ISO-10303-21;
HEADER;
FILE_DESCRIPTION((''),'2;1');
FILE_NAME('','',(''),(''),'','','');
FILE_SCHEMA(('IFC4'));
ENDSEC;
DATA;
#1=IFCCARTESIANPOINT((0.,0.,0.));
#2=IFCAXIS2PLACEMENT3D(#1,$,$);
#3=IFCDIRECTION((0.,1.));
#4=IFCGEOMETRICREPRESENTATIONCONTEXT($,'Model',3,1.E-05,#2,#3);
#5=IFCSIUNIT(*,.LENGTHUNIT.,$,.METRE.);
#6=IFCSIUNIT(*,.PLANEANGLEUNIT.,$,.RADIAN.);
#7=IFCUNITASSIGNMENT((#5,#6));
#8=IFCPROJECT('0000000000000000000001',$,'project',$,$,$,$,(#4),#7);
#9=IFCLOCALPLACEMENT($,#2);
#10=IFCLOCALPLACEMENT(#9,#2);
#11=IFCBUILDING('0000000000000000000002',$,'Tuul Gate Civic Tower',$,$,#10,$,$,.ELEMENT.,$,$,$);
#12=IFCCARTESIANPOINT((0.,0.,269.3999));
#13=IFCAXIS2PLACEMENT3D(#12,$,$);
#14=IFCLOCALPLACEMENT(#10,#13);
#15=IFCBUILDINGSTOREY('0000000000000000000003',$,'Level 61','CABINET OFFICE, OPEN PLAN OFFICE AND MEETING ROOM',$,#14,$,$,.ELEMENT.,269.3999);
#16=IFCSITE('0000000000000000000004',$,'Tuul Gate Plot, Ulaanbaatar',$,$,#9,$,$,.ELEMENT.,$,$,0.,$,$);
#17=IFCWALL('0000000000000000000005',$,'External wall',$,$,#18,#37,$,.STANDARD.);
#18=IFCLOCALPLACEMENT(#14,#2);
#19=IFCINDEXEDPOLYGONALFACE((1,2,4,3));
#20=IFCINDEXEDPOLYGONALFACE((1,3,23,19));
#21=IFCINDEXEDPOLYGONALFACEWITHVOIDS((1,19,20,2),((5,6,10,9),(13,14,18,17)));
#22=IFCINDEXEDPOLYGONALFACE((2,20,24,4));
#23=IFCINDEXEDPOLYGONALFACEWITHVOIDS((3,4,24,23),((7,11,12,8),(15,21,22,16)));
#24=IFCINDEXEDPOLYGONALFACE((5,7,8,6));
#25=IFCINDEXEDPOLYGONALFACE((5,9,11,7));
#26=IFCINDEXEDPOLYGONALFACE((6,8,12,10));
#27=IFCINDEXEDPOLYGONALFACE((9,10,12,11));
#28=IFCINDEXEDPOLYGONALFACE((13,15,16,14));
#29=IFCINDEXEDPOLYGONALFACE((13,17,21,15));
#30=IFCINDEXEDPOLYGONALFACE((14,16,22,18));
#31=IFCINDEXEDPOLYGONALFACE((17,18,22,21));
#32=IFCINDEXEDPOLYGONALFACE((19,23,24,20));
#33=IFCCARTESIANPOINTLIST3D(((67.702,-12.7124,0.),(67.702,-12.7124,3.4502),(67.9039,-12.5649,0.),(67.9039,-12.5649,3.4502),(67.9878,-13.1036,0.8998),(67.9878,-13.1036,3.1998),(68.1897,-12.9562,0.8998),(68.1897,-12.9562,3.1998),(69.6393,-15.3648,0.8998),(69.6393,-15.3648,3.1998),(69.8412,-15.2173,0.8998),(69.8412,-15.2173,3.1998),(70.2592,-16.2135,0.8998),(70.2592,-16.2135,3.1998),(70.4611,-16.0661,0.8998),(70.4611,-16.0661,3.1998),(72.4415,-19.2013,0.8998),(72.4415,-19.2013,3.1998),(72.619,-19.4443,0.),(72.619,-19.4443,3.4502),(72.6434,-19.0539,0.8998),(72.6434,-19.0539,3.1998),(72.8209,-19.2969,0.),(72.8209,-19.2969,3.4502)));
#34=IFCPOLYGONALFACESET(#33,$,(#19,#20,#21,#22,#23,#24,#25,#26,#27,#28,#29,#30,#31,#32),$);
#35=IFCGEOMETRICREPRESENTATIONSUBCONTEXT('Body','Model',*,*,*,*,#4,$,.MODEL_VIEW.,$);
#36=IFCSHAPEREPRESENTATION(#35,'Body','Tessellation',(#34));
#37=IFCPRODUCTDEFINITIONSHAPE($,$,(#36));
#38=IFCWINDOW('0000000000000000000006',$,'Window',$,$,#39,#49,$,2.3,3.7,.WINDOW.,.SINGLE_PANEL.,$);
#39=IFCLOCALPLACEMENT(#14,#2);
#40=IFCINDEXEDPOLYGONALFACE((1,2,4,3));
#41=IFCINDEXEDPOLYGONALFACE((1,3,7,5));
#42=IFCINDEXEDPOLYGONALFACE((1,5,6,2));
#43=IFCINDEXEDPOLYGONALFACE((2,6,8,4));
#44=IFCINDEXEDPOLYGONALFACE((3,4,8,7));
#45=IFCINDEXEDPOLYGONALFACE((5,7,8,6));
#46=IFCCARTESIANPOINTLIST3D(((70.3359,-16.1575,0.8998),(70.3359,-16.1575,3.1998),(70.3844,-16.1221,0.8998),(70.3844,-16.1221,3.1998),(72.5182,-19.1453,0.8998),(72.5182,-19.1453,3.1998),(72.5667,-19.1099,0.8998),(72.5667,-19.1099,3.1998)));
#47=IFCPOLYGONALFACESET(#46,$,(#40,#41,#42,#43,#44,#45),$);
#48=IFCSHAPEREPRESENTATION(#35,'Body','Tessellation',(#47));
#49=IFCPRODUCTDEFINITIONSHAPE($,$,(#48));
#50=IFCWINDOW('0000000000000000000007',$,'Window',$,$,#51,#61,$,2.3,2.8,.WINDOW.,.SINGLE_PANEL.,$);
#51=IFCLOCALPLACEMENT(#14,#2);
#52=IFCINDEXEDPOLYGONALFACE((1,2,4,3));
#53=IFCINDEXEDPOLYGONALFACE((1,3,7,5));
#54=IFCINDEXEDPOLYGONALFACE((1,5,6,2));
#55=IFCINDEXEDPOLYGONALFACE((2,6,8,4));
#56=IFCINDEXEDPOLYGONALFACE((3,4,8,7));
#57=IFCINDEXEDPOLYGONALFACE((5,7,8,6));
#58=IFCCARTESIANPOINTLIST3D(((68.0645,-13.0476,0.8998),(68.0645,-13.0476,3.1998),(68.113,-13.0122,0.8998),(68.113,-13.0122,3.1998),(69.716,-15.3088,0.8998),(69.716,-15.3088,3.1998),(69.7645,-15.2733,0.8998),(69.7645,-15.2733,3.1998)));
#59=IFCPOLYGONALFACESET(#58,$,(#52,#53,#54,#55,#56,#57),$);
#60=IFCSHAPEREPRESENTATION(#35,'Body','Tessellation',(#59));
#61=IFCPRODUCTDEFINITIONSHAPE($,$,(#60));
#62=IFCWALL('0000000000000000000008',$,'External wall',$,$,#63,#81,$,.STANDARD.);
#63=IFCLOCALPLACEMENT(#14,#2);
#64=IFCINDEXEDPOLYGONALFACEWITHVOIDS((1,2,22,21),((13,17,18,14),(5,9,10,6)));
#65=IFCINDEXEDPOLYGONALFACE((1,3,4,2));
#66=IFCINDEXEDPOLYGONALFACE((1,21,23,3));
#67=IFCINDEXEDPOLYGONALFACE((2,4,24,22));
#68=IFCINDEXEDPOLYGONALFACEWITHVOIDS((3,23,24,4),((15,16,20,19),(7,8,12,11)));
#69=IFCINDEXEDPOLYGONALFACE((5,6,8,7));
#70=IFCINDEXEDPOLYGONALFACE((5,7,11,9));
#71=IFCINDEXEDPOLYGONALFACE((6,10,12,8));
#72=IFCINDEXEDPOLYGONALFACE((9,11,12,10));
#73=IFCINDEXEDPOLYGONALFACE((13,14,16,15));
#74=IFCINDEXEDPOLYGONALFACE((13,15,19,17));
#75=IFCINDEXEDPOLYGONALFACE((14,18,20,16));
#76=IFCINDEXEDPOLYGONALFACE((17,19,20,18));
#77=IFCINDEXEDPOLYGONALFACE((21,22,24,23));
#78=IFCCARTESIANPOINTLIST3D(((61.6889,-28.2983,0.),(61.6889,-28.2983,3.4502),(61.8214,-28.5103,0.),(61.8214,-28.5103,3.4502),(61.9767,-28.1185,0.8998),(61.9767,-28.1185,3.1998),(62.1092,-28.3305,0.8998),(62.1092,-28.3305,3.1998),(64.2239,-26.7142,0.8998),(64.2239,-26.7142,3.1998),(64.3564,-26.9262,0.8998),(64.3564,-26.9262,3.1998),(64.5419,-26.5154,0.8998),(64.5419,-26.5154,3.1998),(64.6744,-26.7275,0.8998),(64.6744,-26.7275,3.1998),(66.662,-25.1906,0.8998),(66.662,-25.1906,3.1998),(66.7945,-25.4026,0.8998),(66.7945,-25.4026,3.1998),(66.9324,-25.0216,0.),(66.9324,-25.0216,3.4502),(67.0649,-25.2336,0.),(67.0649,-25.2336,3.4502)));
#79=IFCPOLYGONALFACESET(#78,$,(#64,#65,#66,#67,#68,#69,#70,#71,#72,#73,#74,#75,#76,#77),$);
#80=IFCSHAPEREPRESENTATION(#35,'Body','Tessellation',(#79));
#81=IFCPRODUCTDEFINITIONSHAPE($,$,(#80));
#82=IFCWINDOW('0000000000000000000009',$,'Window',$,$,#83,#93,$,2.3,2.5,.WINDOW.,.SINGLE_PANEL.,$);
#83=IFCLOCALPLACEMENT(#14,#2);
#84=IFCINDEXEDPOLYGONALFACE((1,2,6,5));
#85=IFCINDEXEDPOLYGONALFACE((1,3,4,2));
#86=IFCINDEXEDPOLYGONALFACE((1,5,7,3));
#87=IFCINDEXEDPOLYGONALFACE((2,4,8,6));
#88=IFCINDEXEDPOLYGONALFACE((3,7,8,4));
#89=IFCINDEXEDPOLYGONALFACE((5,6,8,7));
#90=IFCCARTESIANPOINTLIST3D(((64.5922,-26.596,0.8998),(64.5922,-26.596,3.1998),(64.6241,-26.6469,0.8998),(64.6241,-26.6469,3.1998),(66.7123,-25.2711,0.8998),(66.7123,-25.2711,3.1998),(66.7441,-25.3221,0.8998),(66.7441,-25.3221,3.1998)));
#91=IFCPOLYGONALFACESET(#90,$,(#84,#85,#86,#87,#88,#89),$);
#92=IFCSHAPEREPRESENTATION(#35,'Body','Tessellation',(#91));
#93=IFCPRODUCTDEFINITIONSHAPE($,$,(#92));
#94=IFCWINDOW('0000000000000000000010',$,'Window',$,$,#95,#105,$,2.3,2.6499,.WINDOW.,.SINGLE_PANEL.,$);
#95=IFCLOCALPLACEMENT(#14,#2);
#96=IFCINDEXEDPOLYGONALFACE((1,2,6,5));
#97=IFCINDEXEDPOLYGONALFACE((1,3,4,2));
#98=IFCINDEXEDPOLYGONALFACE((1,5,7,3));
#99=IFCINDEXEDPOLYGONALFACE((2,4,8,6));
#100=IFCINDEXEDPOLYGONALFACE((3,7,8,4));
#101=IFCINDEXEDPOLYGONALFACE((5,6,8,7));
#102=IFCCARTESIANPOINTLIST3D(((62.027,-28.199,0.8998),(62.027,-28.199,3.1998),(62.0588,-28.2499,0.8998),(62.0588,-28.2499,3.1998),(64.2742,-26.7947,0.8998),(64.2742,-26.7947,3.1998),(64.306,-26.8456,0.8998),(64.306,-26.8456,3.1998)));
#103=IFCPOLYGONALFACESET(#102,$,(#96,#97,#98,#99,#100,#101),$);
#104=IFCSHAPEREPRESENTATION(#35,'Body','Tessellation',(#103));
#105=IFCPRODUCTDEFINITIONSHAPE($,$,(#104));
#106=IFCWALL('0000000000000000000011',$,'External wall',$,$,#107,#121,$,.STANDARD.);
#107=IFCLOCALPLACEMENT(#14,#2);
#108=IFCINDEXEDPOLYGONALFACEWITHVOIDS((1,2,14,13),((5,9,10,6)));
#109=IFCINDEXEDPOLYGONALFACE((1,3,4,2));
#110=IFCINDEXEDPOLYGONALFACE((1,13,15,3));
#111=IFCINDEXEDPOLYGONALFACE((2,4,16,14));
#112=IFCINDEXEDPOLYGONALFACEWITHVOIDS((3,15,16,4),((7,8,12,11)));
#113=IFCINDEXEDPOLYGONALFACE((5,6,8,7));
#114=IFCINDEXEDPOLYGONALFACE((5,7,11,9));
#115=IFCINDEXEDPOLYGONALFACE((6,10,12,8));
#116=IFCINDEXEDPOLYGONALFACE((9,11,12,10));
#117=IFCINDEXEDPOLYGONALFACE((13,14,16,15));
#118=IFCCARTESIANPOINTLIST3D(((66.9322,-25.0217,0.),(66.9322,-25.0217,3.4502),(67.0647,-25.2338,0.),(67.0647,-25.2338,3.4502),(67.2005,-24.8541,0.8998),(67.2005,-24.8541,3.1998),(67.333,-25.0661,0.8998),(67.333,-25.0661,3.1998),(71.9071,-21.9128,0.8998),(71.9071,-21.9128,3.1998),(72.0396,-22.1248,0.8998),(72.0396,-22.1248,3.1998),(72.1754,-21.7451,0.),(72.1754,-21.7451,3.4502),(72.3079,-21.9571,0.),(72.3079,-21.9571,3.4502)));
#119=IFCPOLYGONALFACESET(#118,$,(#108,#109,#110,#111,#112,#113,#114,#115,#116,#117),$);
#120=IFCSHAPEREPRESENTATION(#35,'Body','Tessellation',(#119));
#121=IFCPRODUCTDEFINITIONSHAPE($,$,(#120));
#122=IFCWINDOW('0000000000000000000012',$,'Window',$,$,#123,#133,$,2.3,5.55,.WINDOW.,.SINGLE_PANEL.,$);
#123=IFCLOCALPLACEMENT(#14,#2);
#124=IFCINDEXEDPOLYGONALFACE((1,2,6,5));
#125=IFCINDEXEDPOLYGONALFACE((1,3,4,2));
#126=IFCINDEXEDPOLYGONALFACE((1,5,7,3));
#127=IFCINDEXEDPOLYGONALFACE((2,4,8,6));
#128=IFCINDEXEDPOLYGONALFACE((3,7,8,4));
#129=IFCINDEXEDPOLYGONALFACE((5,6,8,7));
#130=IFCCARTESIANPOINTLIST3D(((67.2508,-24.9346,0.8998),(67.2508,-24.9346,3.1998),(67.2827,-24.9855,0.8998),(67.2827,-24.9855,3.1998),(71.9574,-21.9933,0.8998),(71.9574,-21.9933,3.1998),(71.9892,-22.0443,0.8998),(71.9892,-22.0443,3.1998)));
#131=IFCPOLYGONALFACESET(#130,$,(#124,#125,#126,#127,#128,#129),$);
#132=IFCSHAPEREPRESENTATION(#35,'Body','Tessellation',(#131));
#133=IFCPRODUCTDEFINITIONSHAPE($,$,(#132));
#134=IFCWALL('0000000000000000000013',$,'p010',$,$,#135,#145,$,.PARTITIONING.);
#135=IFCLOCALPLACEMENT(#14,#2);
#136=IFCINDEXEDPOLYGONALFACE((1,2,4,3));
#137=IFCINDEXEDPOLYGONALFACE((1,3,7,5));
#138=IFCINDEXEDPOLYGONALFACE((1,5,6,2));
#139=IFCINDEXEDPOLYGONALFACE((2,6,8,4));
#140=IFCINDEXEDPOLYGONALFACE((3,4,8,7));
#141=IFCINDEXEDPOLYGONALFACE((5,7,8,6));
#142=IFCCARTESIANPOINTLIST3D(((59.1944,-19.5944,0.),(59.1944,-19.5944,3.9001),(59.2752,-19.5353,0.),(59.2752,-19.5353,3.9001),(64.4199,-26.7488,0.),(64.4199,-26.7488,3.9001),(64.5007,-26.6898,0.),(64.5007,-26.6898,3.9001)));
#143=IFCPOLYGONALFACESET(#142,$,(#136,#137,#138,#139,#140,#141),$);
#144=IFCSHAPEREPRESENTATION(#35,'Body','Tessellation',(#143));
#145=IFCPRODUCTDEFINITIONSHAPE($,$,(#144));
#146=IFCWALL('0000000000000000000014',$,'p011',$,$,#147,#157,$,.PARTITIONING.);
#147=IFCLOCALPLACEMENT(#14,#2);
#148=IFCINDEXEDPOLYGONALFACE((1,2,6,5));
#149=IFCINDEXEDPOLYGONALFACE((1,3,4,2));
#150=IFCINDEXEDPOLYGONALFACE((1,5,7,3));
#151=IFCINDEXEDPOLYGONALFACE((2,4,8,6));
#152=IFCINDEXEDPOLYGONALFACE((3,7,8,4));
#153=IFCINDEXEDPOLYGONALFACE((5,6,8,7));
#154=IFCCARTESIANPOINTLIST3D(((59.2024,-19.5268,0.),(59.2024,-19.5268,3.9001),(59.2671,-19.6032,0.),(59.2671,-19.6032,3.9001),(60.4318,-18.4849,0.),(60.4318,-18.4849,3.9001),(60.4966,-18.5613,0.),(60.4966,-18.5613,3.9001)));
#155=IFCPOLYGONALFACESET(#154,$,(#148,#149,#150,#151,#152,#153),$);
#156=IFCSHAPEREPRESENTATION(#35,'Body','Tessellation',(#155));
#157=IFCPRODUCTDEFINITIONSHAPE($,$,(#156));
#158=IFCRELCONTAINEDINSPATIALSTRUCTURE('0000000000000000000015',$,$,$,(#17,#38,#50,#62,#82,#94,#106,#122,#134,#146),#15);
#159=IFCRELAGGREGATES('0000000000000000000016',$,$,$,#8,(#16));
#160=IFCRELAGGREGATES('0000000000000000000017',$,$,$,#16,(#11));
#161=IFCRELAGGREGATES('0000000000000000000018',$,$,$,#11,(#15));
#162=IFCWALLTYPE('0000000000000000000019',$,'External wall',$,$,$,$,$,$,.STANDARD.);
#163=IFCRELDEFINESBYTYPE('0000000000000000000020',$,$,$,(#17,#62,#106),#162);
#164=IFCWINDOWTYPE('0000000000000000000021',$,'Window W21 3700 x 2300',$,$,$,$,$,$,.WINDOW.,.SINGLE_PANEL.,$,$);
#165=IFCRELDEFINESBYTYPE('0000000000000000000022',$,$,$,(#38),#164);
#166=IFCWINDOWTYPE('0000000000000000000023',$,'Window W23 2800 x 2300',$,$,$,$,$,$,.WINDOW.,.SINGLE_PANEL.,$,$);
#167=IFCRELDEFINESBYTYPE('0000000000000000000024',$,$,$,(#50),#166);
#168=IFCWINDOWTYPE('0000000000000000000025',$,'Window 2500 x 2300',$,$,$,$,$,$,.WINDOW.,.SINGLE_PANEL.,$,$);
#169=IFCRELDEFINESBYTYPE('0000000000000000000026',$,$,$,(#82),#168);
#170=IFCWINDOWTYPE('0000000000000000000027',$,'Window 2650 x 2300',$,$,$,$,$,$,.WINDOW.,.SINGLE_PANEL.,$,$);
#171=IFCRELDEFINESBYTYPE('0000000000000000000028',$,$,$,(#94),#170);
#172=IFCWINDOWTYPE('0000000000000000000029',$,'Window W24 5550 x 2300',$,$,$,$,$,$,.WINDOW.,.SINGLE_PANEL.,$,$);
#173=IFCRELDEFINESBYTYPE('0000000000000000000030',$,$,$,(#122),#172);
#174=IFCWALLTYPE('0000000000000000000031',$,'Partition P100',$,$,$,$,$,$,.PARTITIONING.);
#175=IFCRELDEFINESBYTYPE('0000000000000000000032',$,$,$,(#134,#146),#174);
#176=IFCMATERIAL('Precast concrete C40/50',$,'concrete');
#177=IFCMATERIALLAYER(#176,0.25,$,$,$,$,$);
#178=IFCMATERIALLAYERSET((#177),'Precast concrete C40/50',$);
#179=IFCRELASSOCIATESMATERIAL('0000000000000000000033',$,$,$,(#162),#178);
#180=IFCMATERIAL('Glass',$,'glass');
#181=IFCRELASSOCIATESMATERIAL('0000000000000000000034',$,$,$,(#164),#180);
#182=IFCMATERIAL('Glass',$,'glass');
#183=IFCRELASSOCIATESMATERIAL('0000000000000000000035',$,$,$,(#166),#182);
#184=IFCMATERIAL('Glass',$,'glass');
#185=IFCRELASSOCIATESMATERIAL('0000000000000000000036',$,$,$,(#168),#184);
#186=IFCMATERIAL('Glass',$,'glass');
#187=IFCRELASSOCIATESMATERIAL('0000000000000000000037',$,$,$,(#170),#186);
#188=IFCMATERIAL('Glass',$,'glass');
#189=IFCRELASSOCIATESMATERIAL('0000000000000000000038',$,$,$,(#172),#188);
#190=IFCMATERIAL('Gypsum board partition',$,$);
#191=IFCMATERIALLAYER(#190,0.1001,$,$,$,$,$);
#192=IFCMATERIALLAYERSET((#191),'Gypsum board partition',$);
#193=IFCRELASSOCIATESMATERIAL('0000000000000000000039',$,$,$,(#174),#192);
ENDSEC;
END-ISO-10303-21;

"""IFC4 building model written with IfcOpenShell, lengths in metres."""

from ifc_helpers import new_model, si_unit, direction, frame, frame_2d, origin, place, context, subcontext, project, spatial, rectangle, extrude, material, layer, layer_set, type_object, element, fill, save


model = new_model("IFC4")

# Units and contexts
model_context = context("Model", 3, precision=1e-05, world=origin(), true_north=direction((0.0, 1.0)))
body_context = subcontext(model_context, "Body", "Model", "MODEL_VIEW")
ifc_project = project(units=[si_unit("LENGTHUNIT", "METRE"), si_unit("PLANEANGLEUNIT", "RADIAN")], contexts=[model_context])

# Site, building, storey
site_placement = place(None, origin())
site = spatial("IfcSite", under=ifc_project, at=site_placement, Name="Tuul Gate Plot, Ulaanbaatar", CompositionType="ELEMENT", RefElevation=0.0)
building_placement = place(site_placement, origin())
building = spatial("IfcBuilding", under=site, at=building_placement, Name="Tuul Gate Civic Tower", CompositionType="ELEMENT")
storey_placement = place(building_placement, frame((0.0, 0.0, 269.3999)))
storey = spatial("IfcBuildingStorey", under=building, at=storey_placement, Name="Level 61", Description="CABINET OFFICE, OPEN PLAN OFFICE AND MEETING ROOM", CompositionType="ELEMENT", Elevation=269.3999)

# Shared definitions
ifc_material_1 = material(Name="Precast concrete C40/50", Category="concrete")
ifc_layer_1 = layer(ifc_material_1, 0.25)
ifc_layer_set_1 = layer_set([ifc_layer_1], Name="Precast concrete C40/50")
wall_type_1 = type_object("IfcWallType", Name="External wall", PredefinedType="STANDARD", material=ifc_layer_set_1)

# Walls, openings, windows
wall_1_placement = place(storey_placement, frame((72.72, -19.3706, 0.0), z_axis=(0.0, 0.0, 1.0), x_axis=(-0.589821, 0.807534, 0.0)))
wall_1 = element("IfcWall", 1, at=wall_1_placement, inside=storey, type_object=wall_type_1, Name="External wall", PredefinedType="STANDARD", context=body_context, shape_type="SweptSolid", body=[
    extrude(rectangle(XDim=8.3364, YDim=0.25, at=frame_2d((4.1682, 0.0))), origin(), (0.0, 0.0, 1.0), 3.4502),
])
opening_1_placement = place(wall_1_placement, frame((0.3008, 0.0, 0.8999)))
opening_1 = element("IfcOpeningElement", 2, at=opening_1_placement, cuts=wall_1, PredefinedType="OPENING", context=body_context, shape_type="SweptSolid", body=[
    extrude(rectangle(XDim=3.7, YDim=2.3, at=frame_2d((1.8501, 1.1499))), frame((0.0, 0.135, 0.0), z_axis=(0.0, -1.0, 0.0), x_axis=(1.0, 0.0, 0.0)), (0.0, 0.0, 1.0), 0.27),
])
opening_2_placement = place(wall_1_placement, frame((5.052, 0.0, 0.8999)))
opening_2 = element("IfcOpeningElement", 3, at=opening_2_placement, cuts=wall_1, PredefinedType="OPENING", context=body_context, shape_type="SweptSolid", body=[
    extrude(rectangle(XDim=2.8, YDim=2.3, at=frame_2d((1.3999, 1.1499))), frame((0.0, 0.135, 0.0), z_axis=(0.0, -1.0, 0.0), x_axis=(1.0, 0.0, 0.0)), (0.0, 0.0, 1.0), 0.27),
])
ifc_material_2 = material(Name="Glass", Category="glass")
window_type_1 = type_object("IfcWindowType", Name="Window W21 3700 x 2300", PartitioningType="SINGLE_PANEL", PredefinedType="WINDOW", material=ifc_material_2)
window_1_placement = place(opening_1_placement, origin())
window_1 = element("IfcWindow", 4, at=window_1_placement, inside=storey, type_object=window_type_1, Name="Window", OverallHeight=2.3, OverallWidth=3.7, PartitioningType="SINGLE_PANEL", PredefinedType="WINDOW", context=body_context, shape_type="SweptSolid", body=[
    extrude(rectangle(XDim=3.7, YDim=2.3, at=frame_2d((1.8501, 1.1499))), frame((0.0, 0.03, 0.0), z_axis=(0.0, -1.0, 0.0), x_axis=(1.0, 0.0, 0.0)), (0.0, 0.0, 1.0), 0.0601),
])
fill(opening_1, window_1)
ifc_material_3 = material(Name="Glass", Category="glass")
window_type_2 = type_object("IfcWindowType", Name="Window W23 2800 x 2300", PartitioningType="SINGLE_PANEL", PredefinedType="WINDOW", material=ifc_material_3)
window_2_placement = place(opening_2_placement, origin())
window_2 = element("IfcWindow", 5, at=window_2_placement, inside=storey, type_object=window_type_2, Name="Window", OverallHeight=2.3, OverallWidth=2.8, PartitioningType="SINGLE_PANEL", PredefinedType="WINDOW", context=body_context, shape_type="SweptSolid", body=[
    extrude(rectangle(XDim=2.8, YDim=2.3, at=frame_2d((1.3999, 1.1499))), frame((0.0, 0.03, 0.0), z_axis=(0.0, -1.0, 0.0), x_axis=(1.0, 0.0, 0.0)), (0.0, 0.0, 1.0), 0.0601),
])
fill(opening_2, window_2)
wall_2_placement = place(storey_placement, frame((61.7551, -28.4043, 0.0), z_axis=(0.0, 0.0, 1.0), x_axis=(0.848036, 0.529939, 0.0)))
wall_2 = element("IfcWall", 6, at=wall_2_placement, inside=storey, type_object=wall_type_1, Name="External wall", PredefinedType="STANDARD", context=body_context, shape_type="SweptSolid", body=[
    extrude(rectangle(XDim=6.1831, YDim=0.25, at=frame_2d((3.0916, 0.0))), origin(), (0.0, 0.0, 1.0), 3.4502),
])
opening_3_placement = place(wall_2_placement, frame((0.3394, 0.0, 0.8999)))
opening_3 = element("IfcOpeningElement", 7, at=opening_3_placement, cuts=wall_2, PredefinedType="OPENING", context=body_context, shape_type="SweptSolid", body=[
    extrude(rectangle(XDim=2.6499, YDim=2.3, at=frame_2d((1.325, 1.1499))), frame((0.0, 0.135, 0.0), z_axis=(0.0, -1.0, 0.0), x_axis=(1.0, 0.0, 0.0)), (0.0, 0.0, 1.0), 0.27),
])
opening_4_placement = place(wall_2_placement, frame((3.3643, 0.0, 0.8999)))
opening_4 = element("IfcOpeningElement", 8, at=opening_4_placement, cuts=wall_2, PredefinedType="OPENING", context=body_context, shape_type="SweptSolid", body=[
    extrude(rectangle(XDim=2.5, YDim=2.3, at=frame_2d((1.25, 1.1499))), frame((0.0, 0.135, 0.0), z_axis=(0.0, -1.0, 0.0), x_axis=(1.0, 0.0, 0.0)), (0.0, 0.0, 1.0), 0.27),
])
ifc_material_4 = material(Name="Glass", Category="glass")
window_type_3 = type_object("IfcWindowType", Name="Window 2500 x 2300", PartitioningType="SINGLE_PANEL", PredefinedType="WINDOW", material=ifc_material_4)
window_3_placement = place(opening_4_placement, origin())
window_3 = element("IfcWindow", 9, at=window_3_placement, inside=storey, type_object=window_type_3, Name="Window", OverallHeight=2.3, OverallWidth=2.5, PartitioningType="SINGLE_PANEL", PredefinedType="WINDOW", context=body_context, shape_type="SweptSolid", body=[
    extrude(rectangle(XDim=2.5, YDim=2.3, at=frame_2d((1.25, 1.1499))), frame((0.0, 0.03, 0.0), z_axis=(0.0, -1.0, 0.0), x_axis=(1.0, 0.0, 0.0)), (0.0, 0.0, 1.0), 0.0601),
])
fill(opening_4, window_3)
ifc_material_5 = material(Name="Glass", Category="glass")
window_type_4 = type_object("IfcWindowType", Name="Window 2650 x 2300", PartitioningType="SINGLE_PANEL", PredefinedType="WINDOW", material=ifc_material_5)
window_4_placement = place(opening_3_placement, origin())
window_4 = element("IfcWindow", 10, at=window_4_placement, inside=storey, type_object=window_type_4, Name="Window", OverallHeight=2.3, OverallWidth=2.6499, PartitioningType="SINGLE_PANEL", PredefinedType="WINDOW", context=body_context, shape_type="SweptSolid", body=[
    extrude(rectangle(XDim=2.6499, YDim=2.3, at=frame_2d((1.325, 1.1499))), frame((0.0, 0.03, 0.0), z_axis=(0.0, -1.0, 0.0), x_axis=(1.0, 0.0, 0.0)), (0.0, 0.0, 1.0), 0.0601),
])
fill(opening_3, window_4)

# Wall, opening, window
wall_3_placement = place(storey_placement, frame((66.9985, -25.1277, 0.0), z_axis=(0.0, 0.0, 1.0), x_axis=(0.848025, 0.529956, 0.0)))
wall_3 = element("IfcWall", 11, at=wall_3_placement, inside=storey, type_object=wall_type_1, Name="External wall", PredefinedType="STANDARD", context=body_context, shape_type="SweptSolid", body=[
    extrude(rectangle(XDim=6.1829, YDim=0.25, at=frame_2d((3.0913, 0.0))), origin(), (0.0, 0.0, 1.0), 3.4502),
])
opening_5_placement = place(wall_3_placement, frame((0.3164, 0.0, 0.8999)))
opening_5 = element("IfcOpeningElement", 12, at=opening_5_placement, cuts=wall_3, PredefinedType="OPENING", context=body_context, shape_type="SweptSolid", body=[
    extrude(rectangle(XDim=5.55, YDim=2.3, at=frame_2d((2.7749, 1.1499))), frame((0.0, 0.135, 0.0), z_axis=(0.0, -1.0, 0.0), x_axis=(1.0, 0.0, 0.0)), (0.0, 0.0, 1.0), 0.27),
])
ifc_material_6 = material(Name="Glass", Category="glass")
window_type_5 = type_object("IfcWindowType", Name="Window W24 5550 x 2300", PartitioningType="SINGLE_PANEL", PredefinedType="WINDOW", material=ifc_material_6)
window_5_placement = place(opening_5_placement, origin())
window_5 = element("IfcWindow", 13, at=window_5_placement, inside=storey, type_object=window_type_5, Name="Window", OverallHeight=2.3, OverallWidth=5.55, PartitioningType="SINGLE_PANEL", PredefinedType="WINDOW", context=body_context, shape_type="SweptSolid", body=[
    extrude(rectangle(XDim=5.55, YDim=2.3, at=frame_2d((2.7749, 1.1499))), frame((0.0, 0.03, 0.0), z_axis=(0.0, -1.0, 0.0), x_axis=(1.0, 0.0, 0.0)), (0.0, 0.0, 1.0), 0.0601),
])
fill(opening_5, window_5)

# Walls
ifc_material_7 = material(Name="Gypsum board partition")
ifc_layer_2 = layer(ifc_material_7, 0.1001)
ifc_layer_set_2 = layer_set([ifc_layer_2], Name="Gypsum board partition")
wall_type_2 = type_object("IfcWallType", Name="Partition P100", PredefinedType="PARTITIONING", material=ifc_layer_set_2)
wall_4_placement = place(storey_placement, frame((59.2349, -19.5649, 0.0), z_axis=(0.0, 0.0, 1.0), x_axis=(0.589816, -0.807538, 0.0)))
element("IfcWall", 14, at=wall_4_placement, inside=storey, type_object=wall_type_2, Name="p010", PredefinedType="PARTITIONING", context=body_context, shape_type="SweptSolid", body=[
    extrude(rectangle(XDim=8.8596, YDim=0.1001, at=frame_2d((4.4297, 0.0))), origin(), (0.0, 0.0, 1.0), 3.9001),
])
wall_5_placement = place(storey_placement, frame((59.2349, -19.5649, 0.0), z_axis=(0.0, 0.0, 1.0), x_axis=(0.76288, 0.64654, 0.0)))
element("IfcWall", 15, at=wall_5_placement, inside=storey, type_object=wall_type_2, Name="p011", PredefinedType="PARTITIONING", context=body_context, shape_type="SweptSolid", body=[
    extrude(rectangle(XDim=1.6116, YDim=0.1001, at=frame_2d((0.8057, 0.0))), origin(), (0.0, 0.0, 1.0), 3.9001),
])

save(model, "model.ifc")
